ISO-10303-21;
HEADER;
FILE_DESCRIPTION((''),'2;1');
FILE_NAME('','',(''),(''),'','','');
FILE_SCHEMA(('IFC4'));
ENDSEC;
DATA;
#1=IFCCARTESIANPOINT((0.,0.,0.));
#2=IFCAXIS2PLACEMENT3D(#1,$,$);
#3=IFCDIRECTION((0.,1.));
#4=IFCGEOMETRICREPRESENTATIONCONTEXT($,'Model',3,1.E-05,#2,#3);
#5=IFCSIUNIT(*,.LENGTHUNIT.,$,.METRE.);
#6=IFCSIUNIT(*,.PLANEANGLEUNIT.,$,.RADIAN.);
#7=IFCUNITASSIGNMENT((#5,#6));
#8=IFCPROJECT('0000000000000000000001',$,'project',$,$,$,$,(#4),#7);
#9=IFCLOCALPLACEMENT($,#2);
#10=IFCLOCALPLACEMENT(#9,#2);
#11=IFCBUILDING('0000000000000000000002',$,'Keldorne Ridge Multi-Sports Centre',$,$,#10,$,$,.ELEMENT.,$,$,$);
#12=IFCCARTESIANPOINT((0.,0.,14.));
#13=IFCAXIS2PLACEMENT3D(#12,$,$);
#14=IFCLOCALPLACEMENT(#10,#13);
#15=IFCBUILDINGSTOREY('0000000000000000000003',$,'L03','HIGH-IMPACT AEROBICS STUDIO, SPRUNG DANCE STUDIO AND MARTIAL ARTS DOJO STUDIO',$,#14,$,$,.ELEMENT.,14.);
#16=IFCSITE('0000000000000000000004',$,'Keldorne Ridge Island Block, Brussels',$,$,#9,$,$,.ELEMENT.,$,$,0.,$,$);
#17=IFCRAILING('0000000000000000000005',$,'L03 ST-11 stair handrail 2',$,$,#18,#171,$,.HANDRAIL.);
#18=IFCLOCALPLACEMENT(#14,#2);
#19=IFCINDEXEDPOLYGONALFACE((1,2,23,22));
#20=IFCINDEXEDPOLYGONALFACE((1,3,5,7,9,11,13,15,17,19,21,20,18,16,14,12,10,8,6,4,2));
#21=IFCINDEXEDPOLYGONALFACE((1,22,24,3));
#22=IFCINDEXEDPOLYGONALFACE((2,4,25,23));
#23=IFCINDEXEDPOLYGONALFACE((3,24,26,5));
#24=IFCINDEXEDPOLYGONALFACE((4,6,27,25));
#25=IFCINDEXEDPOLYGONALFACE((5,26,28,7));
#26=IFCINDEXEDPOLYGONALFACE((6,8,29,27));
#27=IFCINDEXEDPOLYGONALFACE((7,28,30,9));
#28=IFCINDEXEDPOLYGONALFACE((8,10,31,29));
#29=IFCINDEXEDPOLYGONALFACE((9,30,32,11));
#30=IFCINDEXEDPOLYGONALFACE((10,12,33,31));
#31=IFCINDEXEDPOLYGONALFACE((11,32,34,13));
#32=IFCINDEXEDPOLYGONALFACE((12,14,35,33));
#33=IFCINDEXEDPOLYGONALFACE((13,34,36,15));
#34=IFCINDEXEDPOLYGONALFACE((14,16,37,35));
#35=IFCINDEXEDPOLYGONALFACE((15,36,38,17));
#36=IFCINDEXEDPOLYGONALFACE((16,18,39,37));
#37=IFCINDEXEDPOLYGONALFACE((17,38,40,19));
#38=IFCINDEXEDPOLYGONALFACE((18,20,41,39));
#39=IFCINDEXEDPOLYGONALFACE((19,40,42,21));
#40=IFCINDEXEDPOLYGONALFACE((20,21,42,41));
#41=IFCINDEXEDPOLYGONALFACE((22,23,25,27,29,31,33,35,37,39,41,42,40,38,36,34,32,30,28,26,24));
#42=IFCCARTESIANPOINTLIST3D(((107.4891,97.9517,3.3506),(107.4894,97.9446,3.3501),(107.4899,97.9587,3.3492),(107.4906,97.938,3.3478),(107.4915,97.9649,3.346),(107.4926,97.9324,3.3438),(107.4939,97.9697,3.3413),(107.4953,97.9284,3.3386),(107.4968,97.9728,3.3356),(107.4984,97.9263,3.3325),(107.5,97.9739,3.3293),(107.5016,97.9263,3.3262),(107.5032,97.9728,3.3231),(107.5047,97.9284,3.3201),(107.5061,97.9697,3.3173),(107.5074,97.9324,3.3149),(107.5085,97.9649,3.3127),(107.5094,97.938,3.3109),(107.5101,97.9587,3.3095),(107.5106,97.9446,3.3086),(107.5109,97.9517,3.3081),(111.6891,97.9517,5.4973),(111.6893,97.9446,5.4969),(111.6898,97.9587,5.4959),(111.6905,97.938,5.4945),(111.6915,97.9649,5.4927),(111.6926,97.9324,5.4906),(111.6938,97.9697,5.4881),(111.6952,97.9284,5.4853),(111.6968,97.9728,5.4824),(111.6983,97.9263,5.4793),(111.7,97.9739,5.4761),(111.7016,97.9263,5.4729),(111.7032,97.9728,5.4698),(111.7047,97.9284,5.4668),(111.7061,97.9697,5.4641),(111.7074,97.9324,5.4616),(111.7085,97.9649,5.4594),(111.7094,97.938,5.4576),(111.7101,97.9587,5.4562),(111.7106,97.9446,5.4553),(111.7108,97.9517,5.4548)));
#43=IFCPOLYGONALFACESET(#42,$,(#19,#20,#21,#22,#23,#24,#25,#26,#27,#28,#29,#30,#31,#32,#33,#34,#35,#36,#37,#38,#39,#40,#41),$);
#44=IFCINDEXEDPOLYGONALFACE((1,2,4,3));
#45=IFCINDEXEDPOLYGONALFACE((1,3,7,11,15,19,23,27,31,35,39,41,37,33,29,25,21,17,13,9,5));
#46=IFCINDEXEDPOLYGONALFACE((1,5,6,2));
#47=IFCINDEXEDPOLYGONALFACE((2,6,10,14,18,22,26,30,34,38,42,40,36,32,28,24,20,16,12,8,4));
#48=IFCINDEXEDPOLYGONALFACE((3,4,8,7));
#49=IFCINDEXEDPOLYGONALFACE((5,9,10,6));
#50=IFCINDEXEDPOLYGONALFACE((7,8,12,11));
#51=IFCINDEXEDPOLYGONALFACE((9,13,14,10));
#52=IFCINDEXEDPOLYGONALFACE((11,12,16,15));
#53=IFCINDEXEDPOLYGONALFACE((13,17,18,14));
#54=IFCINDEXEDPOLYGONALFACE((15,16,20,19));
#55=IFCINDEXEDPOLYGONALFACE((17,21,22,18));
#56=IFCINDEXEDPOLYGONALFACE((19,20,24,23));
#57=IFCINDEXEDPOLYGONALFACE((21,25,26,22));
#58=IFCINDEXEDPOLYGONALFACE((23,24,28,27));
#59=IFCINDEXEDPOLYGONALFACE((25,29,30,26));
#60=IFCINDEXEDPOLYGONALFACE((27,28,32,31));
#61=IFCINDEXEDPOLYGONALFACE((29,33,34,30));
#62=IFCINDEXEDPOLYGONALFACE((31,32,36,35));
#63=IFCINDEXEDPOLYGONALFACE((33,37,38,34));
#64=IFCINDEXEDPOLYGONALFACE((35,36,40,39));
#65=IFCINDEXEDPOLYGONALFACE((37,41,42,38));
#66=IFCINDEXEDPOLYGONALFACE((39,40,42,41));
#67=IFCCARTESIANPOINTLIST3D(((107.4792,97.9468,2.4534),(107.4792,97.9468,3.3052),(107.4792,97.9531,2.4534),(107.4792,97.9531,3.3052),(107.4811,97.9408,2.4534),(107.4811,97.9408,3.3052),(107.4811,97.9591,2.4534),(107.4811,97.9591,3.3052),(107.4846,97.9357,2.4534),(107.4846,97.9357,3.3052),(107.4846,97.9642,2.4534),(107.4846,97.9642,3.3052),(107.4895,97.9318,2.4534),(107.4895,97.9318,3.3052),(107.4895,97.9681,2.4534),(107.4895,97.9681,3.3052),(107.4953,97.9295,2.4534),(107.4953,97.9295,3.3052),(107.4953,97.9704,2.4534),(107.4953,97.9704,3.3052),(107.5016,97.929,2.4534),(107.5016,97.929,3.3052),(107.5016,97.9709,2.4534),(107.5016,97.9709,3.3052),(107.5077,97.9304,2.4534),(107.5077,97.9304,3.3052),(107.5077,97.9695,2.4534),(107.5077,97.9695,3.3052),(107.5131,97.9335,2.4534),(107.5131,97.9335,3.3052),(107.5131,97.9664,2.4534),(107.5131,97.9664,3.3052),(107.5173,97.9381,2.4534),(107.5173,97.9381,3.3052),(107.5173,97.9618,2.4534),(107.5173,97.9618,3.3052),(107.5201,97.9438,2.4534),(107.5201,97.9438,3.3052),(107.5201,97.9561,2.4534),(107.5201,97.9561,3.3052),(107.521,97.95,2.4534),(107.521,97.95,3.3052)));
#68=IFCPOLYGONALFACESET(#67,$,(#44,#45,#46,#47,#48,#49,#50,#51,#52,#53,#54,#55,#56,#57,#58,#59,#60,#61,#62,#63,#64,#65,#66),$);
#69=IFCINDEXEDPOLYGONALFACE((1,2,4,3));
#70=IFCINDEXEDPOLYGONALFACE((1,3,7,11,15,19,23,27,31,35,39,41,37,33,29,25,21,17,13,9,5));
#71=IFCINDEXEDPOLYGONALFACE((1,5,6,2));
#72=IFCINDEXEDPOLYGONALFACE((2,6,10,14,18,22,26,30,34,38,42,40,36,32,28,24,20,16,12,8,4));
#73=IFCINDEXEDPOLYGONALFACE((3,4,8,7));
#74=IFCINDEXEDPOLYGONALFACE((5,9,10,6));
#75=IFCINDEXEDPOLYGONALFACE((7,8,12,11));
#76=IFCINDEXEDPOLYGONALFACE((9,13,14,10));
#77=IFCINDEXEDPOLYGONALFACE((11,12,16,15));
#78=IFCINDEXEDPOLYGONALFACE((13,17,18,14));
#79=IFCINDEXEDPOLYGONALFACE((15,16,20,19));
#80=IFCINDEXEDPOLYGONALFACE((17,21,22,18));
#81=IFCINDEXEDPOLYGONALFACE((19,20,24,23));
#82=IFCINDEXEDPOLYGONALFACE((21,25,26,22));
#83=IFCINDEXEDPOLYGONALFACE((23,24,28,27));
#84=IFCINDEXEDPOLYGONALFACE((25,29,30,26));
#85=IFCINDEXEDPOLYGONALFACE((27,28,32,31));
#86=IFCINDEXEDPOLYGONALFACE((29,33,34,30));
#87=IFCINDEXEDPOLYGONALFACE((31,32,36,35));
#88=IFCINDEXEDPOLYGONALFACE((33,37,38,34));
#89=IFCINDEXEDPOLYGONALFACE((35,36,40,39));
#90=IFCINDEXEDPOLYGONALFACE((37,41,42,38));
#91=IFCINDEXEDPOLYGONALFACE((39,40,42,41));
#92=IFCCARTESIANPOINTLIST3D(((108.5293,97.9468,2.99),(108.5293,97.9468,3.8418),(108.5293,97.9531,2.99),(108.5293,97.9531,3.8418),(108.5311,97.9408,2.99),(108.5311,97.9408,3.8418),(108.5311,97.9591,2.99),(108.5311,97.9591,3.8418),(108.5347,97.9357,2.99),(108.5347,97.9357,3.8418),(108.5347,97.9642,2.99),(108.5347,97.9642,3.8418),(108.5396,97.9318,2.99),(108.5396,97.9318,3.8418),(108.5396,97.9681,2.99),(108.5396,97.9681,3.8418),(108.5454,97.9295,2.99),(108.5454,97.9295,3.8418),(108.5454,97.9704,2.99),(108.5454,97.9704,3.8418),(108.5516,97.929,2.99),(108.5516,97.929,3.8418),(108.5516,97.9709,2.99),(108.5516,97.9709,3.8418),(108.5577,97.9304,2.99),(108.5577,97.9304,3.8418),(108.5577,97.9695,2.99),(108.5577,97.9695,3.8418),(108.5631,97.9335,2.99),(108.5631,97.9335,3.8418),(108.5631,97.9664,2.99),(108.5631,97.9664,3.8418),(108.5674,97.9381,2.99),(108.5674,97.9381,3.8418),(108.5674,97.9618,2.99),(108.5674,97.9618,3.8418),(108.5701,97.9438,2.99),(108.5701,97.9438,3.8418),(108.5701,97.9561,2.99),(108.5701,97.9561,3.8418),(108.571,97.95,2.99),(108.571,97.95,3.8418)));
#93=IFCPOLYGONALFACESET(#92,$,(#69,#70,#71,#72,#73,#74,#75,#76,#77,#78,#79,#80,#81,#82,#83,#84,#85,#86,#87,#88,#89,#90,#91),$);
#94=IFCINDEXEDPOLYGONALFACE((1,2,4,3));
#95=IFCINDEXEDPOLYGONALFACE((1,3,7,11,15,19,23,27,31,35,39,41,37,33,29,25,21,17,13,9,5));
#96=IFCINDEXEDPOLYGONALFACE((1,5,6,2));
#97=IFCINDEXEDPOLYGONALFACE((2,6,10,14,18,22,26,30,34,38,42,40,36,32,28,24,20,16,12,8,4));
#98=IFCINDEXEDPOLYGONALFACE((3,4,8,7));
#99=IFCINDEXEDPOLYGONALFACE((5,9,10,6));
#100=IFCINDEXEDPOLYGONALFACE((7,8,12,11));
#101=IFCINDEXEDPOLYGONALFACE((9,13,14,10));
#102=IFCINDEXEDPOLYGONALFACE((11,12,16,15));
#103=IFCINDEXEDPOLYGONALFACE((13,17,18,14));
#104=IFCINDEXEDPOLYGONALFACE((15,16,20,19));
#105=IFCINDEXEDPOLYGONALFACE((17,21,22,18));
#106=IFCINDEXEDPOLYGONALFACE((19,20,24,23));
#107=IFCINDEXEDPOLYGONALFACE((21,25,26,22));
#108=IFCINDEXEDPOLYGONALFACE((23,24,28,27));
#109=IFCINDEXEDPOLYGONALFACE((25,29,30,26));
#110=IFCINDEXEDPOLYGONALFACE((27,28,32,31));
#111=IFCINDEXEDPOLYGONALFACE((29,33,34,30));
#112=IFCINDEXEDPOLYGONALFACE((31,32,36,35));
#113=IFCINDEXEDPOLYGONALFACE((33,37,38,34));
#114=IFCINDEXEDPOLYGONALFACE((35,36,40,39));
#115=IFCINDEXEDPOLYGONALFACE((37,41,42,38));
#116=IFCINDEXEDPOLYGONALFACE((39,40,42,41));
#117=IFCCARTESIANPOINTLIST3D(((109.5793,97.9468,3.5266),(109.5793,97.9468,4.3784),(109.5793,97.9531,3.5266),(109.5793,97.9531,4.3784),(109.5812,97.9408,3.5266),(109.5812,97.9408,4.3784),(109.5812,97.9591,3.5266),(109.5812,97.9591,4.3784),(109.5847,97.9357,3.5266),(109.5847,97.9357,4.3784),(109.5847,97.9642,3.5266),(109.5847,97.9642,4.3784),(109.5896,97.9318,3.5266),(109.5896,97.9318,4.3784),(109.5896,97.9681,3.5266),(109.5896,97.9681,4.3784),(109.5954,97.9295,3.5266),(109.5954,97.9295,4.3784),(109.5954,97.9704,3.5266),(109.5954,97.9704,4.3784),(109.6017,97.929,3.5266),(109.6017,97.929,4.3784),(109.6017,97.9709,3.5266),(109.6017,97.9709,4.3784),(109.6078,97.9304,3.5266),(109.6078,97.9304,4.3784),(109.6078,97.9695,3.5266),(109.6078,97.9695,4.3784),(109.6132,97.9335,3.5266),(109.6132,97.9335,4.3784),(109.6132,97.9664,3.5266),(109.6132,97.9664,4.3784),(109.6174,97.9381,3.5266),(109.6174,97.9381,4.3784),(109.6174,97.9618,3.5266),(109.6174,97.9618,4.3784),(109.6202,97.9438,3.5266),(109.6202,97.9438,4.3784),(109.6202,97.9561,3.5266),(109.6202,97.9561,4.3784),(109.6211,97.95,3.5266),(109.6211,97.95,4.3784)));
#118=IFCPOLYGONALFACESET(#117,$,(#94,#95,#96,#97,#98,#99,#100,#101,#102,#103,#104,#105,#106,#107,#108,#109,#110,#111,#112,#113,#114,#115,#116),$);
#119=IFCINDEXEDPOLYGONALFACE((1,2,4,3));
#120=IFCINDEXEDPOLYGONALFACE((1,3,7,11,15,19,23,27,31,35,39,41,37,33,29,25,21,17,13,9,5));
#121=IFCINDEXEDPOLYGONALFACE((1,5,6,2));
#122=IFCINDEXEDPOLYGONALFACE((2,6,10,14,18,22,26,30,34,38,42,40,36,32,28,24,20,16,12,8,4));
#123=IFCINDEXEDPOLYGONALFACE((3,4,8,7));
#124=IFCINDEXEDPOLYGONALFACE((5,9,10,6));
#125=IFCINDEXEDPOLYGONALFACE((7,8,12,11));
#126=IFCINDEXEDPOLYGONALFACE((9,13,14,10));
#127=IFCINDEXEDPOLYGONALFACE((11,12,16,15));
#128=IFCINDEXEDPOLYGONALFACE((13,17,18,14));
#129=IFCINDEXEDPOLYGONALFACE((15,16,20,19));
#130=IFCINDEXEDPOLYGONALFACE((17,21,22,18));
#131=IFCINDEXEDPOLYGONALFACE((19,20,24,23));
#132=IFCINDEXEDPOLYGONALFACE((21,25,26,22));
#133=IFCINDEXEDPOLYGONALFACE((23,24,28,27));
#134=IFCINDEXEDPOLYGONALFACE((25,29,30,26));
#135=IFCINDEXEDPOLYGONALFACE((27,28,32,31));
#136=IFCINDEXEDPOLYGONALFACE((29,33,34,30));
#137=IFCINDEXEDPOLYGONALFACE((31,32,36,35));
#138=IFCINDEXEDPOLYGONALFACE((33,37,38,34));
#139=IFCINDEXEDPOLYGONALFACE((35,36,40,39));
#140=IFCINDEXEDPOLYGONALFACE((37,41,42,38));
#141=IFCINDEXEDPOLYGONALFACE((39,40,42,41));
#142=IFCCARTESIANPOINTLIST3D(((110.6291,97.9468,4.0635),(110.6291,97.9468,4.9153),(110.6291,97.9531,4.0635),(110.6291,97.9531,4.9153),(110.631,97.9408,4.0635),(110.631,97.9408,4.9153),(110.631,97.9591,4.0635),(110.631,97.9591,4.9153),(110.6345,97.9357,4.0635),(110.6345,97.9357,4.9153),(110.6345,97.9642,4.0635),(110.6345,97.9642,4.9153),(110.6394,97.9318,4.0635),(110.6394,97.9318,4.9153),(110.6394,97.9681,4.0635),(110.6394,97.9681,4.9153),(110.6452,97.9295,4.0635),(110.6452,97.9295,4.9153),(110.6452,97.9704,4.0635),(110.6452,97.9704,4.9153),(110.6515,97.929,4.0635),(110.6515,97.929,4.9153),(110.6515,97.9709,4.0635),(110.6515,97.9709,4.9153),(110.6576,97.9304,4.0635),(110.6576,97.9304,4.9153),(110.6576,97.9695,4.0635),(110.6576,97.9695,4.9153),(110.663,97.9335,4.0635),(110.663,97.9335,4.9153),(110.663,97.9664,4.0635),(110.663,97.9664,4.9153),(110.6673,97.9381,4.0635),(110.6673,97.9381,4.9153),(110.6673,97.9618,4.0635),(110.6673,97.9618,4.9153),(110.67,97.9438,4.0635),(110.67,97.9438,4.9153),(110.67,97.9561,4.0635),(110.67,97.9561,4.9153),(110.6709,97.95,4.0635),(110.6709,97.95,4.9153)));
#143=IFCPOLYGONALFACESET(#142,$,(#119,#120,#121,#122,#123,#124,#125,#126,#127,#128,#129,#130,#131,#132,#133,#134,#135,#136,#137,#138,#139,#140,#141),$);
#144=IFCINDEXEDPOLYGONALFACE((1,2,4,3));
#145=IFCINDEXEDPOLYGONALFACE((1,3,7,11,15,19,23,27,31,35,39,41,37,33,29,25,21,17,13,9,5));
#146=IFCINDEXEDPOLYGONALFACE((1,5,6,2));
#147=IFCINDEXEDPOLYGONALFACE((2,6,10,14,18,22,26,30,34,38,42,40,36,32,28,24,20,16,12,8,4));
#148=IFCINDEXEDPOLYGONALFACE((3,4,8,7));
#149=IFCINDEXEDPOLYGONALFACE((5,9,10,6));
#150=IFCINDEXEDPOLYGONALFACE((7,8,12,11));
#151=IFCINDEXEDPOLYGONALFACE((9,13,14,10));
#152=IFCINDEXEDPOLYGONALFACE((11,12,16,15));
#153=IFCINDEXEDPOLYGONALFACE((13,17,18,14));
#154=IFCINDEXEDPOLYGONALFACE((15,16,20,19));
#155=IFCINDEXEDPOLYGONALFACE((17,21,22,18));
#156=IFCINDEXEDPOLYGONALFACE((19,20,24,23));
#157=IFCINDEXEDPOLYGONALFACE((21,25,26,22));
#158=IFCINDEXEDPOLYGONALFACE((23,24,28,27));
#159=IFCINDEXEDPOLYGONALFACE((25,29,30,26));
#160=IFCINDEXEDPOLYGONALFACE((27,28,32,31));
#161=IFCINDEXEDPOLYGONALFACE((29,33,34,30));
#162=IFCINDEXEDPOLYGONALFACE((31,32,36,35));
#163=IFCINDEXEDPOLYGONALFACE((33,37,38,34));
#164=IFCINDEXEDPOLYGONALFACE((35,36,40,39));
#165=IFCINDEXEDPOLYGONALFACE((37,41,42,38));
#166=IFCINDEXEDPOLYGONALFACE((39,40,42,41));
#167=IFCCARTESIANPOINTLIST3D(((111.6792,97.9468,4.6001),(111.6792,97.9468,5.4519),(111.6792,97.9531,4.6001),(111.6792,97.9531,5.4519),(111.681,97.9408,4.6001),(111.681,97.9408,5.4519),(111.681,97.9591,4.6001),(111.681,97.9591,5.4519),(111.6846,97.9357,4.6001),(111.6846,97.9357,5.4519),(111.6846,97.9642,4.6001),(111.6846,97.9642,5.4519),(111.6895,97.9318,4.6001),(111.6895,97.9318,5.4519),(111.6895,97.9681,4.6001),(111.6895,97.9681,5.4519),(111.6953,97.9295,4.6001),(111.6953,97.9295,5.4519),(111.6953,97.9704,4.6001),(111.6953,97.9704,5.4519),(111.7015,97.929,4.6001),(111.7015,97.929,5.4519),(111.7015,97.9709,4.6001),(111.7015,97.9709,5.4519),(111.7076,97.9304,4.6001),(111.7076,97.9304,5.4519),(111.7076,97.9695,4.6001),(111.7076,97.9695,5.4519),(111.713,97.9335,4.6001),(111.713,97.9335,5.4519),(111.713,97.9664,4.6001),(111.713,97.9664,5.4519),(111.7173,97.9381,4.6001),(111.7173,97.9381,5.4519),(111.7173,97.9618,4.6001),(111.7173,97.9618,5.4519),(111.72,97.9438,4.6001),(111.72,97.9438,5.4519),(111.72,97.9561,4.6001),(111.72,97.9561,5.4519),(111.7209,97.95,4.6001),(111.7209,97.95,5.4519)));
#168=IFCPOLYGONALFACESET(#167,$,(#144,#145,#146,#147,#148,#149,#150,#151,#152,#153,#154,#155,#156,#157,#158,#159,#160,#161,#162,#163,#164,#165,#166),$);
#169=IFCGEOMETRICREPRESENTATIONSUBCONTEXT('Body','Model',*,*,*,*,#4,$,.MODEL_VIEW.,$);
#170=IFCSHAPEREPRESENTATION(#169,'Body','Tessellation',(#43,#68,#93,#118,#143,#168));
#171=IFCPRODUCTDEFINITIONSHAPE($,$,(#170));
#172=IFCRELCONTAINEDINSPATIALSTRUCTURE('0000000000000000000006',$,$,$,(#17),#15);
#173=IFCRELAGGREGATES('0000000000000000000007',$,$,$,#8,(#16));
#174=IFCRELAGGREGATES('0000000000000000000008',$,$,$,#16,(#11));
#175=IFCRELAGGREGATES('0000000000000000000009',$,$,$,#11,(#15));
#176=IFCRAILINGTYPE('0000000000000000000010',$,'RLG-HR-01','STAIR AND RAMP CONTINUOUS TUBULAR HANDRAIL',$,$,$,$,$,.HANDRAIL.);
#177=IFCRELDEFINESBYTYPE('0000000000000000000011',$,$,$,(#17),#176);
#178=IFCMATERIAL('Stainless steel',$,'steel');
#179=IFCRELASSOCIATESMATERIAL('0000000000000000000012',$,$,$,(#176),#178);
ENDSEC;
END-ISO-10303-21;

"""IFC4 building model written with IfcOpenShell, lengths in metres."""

from ifc_helpers import new_model, si_unit, direction, frame, origin, origin_2d, place, context, subcontext, project, spatial, circle, extrude, material, type_object, element, save


model = new_model("IFC4")

# Units and contexts
model_context = context("Model", 3, precision=1e-05, world=origin(), true_north=direction((0.0, 1.0)))
body_context = subcontext(model_context, "Body", "Model", "MODEL_VIEW")
ifc_project = project(units=[si_unit("LENGTHUNIT", "METRE"), si_unit("PLANEANGLEUNIT", "RADIAN")], contexts=[model_context])

# Site, building, storey
site_placement = place(None, origin())
site = spatial("IfcSite", under=ifc_project, at=site_placement, Name="Keldorne Ridge Island Block, Brussels", CompositionType="ELEMENT", RefElevation=0.0)
building_placement = place(site_placement, origin())
building = spatial("IfcBuilding", under=site, at=building_placement, Name="Keldorne Ridge Multi-Sports Centre", CompositionType="ELEMENT")
storey_placement = place(building_placement, frame((0.0, 0.0, 14.0)))
storey = spatial("IfcBuildingStorey", under=building, at=storey_placement, Name="L03", Description="HIGH-IMPACT AEROBICS STUDIO, SPRUNG DANCE STUDIO AND MARTIAL ARTS DOJO STUDIO", CompositionType="ELEMENT", Elevation=14.0)

# Railing
ifc_material_1 = material(Name="Stainless steel", Category="steel")
railing_type_1 = type_object("IfcRailingType", Name="RLG-HR-01", Description="STAIR AND RAMP CONTINUOUS TUBULAR HANDRAIL", PredefinedType="HANDRAIL", material=ifc_material_1)
railing_1_placement = place(storey_placement, frame((107.5, 97.95, 2.4534)))
element("IfcRailing", 1, at=railing_1_placement, inside=storey, type_object=railing_type_1, Name="L03 ST-11 stair handrail 2", PredefinedType="HANDRAIL", context=body_context, shape_type="SweptSolid", body=[
    extrude(circle(Radius=0.0239, at=origin_2d()), frame((0.0, 0.0, 0.876), z_axis=(0.890427, 0.0, 0.455126), x_axis=(0.0, 1.0, 0.0)), (0.0, 0.0, 1.0), 4.7168),
    extrude(circle(Radius=0.021, at=origin_2d()), origin(), (0.0, 0.0, 1.0), 0.8518),
    extrude(circle(Radius=0.021, at=origin_2d()), frame((1.05, 0.0, 0.5366)), (0.0, 0.0, 1.0), 0.8518),
    extrude(circle(Radius=0.021, at=origin_2d()), frame((2.1001, 0.0, 1.0732)), (0.0, 0.0, 1.0), 0.8518),
    extrude(circle(Radius=0.021, at=origin_2d()), frame((3.1499, 0.0, 1.6101)), (0.0, 0.0, 1.0), 0.8518),
    extrude(circle(Radius=0.021, at=origin_2d()), frame((4.2, 0.0, 2.1467)), (0.0, 0.0, 1.0), 0.8518),
])

save(model, "model.ifc")
